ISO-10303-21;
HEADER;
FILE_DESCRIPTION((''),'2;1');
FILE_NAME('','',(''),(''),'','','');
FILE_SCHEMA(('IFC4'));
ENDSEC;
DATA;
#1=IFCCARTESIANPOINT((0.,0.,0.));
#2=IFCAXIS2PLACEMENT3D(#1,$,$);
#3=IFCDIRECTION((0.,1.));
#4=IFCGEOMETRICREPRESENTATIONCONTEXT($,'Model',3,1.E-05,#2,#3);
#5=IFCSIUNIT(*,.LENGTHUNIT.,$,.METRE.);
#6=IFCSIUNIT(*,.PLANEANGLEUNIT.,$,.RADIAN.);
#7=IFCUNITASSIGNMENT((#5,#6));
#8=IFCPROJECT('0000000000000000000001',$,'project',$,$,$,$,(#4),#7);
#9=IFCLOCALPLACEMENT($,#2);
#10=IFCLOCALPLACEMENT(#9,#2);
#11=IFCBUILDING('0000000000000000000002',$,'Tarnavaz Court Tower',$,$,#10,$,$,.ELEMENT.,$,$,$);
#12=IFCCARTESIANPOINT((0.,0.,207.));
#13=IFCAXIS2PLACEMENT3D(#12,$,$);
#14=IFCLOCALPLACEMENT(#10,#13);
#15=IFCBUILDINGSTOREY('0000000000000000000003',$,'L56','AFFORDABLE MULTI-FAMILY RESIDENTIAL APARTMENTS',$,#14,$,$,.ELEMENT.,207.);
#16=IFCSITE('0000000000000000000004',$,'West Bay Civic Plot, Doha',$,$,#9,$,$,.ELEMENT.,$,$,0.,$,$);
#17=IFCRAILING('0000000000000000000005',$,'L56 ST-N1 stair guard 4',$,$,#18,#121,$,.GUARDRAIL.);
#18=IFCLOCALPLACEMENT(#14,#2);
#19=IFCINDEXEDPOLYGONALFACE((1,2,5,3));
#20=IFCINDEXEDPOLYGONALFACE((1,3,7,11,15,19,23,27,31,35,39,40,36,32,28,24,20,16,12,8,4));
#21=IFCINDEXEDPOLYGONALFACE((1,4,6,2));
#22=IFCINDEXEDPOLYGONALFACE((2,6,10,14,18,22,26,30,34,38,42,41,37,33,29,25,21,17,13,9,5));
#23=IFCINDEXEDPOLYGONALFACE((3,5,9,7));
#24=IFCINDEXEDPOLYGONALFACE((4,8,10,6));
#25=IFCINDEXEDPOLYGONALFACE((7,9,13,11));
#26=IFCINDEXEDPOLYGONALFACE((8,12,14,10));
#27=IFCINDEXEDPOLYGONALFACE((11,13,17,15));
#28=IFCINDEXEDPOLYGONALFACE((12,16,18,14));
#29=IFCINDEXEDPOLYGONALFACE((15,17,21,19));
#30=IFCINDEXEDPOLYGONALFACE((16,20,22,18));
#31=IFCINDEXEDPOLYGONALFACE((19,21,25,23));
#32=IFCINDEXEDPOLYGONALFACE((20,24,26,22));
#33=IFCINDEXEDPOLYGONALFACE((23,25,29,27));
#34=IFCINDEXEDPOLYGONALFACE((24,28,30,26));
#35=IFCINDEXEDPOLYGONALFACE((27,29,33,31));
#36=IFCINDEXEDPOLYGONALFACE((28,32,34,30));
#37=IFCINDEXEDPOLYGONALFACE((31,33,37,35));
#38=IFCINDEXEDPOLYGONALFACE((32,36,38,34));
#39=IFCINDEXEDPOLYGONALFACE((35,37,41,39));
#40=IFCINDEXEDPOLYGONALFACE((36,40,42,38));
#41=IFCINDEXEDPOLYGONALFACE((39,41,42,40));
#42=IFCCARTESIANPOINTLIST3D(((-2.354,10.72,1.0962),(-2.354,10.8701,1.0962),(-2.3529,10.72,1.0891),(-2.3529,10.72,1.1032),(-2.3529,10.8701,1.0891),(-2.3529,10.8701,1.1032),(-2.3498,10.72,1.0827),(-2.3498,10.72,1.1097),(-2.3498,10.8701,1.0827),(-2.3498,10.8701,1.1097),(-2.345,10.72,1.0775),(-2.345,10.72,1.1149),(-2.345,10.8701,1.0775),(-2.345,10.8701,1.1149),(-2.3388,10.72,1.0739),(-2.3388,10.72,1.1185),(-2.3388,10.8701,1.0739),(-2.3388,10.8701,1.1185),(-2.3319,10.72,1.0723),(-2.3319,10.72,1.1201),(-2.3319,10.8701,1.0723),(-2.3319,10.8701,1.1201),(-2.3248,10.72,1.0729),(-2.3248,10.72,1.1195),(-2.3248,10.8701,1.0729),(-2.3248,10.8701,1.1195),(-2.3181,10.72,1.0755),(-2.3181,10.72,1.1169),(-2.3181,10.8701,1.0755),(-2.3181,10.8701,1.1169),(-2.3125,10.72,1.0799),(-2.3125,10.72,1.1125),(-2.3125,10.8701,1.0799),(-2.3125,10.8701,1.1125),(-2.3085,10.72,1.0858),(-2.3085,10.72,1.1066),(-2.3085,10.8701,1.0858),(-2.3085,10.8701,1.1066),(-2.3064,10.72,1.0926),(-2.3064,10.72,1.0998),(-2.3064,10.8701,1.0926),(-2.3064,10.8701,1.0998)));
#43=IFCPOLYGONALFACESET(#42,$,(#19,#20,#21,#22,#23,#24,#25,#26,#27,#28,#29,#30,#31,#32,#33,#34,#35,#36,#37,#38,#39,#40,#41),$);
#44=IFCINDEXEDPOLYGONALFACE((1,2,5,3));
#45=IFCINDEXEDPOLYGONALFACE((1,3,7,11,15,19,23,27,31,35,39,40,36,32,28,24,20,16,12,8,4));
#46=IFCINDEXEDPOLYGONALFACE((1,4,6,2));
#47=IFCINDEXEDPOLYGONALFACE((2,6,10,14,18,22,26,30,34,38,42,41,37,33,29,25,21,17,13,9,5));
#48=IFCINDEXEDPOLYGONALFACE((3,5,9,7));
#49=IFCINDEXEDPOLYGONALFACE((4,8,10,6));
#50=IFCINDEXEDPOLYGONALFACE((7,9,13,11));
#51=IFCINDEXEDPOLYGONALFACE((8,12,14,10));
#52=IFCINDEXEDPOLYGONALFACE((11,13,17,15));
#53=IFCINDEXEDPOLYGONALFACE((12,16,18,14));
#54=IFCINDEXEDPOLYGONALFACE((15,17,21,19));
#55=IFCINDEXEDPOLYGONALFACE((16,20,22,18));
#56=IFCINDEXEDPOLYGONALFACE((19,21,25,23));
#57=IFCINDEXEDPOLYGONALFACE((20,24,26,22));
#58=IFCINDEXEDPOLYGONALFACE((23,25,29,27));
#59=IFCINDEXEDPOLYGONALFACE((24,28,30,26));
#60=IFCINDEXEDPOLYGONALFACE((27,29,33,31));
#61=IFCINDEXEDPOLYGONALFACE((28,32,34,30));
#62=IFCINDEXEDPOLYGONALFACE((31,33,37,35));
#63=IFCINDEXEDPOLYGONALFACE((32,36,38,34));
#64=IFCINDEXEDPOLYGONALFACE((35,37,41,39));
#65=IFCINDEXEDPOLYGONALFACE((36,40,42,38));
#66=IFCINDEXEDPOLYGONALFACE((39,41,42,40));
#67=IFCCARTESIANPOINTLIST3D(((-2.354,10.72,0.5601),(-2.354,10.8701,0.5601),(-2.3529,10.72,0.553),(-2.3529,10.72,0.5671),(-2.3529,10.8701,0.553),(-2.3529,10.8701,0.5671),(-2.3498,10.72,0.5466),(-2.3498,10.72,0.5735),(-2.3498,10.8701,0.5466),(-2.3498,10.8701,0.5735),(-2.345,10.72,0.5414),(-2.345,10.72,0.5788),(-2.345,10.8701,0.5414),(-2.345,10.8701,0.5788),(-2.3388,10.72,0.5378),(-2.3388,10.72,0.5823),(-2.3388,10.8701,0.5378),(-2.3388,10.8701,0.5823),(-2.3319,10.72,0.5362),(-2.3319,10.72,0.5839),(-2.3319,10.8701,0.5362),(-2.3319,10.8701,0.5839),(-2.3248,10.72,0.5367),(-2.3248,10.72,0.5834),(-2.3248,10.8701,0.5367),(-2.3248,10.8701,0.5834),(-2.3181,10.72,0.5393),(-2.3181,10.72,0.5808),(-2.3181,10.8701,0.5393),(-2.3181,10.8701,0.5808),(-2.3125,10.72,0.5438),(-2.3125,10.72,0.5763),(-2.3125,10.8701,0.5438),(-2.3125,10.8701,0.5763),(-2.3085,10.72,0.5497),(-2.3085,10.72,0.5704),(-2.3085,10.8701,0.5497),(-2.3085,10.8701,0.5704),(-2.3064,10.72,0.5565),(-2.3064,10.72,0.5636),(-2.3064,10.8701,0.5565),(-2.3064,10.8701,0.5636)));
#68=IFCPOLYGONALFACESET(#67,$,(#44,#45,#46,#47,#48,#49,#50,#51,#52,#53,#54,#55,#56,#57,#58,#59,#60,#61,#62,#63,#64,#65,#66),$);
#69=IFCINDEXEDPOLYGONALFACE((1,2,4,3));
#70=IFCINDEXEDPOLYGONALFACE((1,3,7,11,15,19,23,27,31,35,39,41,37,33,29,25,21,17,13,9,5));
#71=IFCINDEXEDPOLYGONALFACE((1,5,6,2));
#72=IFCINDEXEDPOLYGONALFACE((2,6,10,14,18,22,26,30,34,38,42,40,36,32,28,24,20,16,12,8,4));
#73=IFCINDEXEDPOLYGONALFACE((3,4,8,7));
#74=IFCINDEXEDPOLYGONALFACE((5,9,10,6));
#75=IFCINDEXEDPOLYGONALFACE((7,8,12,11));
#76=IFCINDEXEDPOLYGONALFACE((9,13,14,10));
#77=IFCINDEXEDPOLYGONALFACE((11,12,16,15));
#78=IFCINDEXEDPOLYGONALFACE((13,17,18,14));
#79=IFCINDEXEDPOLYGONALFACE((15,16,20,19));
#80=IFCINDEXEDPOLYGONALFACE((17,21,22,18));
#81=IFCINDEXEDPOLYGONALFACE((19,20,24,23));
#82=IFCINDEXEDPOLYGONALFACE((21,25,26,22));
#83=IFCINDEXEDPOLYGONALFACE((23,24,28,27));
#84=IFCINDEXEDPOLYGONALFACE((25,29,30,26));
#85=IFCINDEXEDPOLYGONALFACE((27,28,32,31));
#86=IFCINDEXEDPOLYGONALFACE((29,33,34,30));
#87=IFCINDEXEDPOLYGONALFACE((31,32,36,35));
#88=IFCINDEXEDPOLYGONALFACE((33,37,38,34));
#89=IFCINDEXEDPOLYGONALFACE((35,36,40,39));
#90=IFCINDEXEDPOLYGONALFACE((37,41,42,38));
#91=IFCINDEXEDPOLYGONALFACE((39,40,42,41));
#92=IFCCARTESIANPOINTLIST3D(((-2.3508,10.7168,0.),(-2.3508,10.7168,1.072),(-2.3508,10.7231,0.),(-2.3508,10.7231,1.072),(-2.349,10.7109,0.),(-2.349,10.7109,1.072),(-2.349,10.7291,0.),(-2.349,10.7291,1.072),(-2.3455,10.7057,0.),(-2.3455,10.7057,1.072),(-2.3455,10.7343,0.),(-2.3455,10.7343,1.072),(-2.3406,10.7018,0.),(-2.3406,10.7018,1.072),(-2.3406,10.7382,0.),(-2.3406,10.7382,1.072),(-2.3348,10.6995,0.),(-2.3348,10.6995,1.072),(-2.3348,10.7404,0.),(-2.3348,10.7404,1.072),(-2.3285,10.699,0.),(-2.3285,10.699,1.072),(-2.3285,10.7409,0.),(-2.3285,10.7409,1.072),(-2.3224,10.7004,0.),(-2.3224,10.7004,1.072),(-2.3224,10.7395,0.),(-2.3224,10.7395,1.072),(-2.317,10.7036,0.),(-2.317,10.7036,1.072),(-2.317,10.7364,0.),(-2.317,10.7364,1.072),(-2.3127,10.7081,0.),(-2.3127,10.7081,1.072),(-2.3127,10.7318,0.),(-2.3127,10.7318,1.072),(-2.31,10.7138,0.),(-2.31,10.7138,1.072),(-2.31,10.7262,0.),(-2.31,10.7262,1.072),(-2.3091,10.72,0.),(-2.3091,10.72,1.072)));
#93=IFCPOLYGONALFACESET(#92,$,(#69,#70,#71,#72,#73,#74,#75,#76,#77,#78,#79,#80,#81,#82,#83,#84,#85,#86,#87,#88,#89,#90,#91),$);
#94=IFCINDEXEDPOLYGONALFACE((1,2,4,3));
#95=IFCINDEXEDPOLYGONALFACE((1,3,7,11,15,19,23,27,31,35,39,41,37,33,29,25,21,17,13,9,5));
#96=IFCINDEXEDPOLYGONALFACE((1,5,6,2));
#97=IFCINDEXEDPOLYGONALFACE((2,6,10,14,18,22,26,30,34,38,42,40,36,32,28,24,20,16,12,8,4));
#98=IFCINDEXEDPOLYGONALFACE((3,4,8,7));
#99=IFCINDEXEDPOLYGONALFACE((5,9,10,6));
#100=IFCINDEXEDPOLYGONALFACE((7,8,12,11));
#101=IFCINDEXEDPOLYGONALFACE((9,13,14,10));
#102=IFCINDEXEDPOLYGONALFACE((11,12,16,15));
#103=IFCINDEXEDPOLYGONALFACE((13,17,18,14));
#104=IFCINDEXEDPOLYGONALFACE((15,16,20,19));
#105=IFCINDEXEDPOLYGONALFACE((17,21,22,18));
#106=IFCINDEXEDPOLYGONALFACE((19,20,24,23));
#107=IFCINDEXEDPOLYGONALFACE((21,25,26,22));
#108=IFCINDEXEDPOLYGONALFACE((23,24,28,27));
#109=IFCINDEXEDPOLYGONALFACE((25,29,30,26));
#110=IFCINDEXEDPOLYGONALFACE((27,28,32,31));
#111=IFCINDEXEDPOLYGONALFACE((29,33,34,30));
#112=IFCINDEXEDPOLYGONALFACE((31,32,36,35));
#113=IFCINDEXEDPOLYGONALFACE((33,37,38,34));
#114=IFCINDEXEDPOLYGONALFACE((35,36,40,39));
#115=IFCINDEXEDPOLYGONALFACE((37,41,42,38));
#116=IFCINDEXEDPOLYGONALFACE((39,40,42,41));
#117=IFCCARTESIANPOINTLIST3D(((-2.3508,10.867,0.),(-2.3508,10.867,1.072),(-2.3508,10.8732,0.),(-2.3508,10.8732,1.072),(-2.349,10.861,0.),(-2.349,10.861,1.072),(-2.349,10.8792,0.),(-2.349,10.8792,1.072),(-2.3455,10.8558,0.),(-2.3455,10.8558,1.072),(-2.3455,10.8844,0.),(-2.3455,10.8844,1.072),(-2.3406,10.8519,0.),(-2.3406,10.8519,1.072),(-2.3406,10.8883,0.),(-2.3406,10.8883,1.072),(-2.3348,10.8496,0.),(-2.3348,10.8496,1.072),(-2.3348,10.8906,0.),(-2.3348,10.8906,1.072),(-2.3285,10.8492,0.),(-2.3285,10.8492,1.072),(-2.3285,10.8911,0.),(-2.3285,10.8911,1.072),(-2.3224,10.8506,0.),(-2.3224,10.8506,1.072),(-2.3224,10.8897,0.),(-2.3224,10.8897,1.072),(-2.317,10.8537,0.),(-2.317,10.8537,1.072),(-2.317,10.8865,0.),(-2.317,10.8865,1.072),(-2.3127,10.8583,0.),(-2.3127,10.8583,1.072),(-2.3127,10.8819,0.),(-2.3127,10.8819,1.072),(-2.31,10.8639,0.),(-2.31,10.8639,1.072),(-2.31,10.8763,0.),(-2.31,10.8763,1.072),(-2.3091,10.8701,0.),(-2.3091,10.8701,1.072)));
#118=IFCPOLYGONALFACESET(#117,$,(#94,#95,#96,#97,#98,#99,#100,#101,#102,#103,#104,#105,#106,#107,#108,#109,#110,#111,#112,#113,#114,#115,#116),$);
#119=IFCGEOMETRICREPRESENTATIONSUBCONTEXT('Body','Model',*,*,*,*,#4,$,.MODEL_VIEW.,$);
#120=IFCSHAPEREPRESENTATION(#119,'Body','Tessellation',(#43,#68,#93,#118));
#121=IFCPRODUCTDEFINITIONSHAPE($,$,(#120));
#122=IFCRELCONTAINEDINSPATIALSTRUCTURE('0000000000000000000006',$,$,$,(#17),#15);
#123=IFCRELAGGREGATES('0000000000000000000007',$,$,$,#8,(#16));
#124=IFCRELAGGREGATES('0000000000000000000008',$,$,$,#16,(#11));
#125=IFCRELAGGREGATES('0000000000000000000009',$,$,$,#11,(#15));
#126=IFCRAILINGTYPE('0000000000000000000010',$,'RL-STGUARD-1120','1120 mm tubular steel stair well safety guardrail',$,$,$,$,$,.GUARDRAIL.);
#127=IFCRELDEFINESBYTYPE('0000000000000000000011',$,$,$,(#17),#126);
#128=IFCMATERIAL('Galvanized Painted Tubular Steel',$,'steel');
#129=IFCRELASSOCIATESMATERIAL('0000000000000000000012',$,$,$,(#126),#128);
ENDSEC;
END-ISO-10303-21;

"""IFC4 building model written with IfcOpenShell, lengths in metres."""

from ifc_helpers import new_model, si_unit, direction, frame, origin, origin_2d, place, context, subcontext, project, spatial, circle, extrude, material, type_object, element, save


model = new_model("IFC4")

# Units and contexts
model_context = context("Model", 3, precision=1e-05, world=origin(), true_north=direction((0.0, 1.0)))
body_context = subcontext(model_context, "Body", "Model", "MODEL_VIEW")
ifc_project = project(units=[si_unit("LENGTHUNIT", "METRE"), si_unit("PLANEANGLEUNIT", "RADIAN")], contexts=[model_context])

# Site, building, storey
site_placement = place(None, origin())
site = spatial("IfcSite", under=ifc_project, at=site_placement, Name="West Bay Civic Plot, Doha", CompositionType="ELEMENT", RefElevation=0.0)
building_placement = place(site_placement, origin())
building = spatial("IfcBuilding", under=site, at=building_placement, Name="Tarnavaz Court Tower", CompositionType="ELEMENT")
storey_placement = place(building_placement, frame((0.0, 0.0, 207.0)))
storey = spatial("IfcBuildingStorey", under=building, at=storey_placement, Name="L56", Description="AFFORDABLE MULTI-FAMILY RESIDENTIAL APARTMENTS", CompositionType="ELEMENT", Elevation=207.0)

# Railing
ifc_material_1 = material(Name="Galvanized Painted Tubular Steel", Category="steel")
railing_type_1 = type_object("IfcRailingType", Name="RL-STGUARD-1120", Description="1120 mm tubular steel stair well safety guardrail", PredefinedType="GUARDRAIL", material=ifc_material_1)
railing_1_placement = place(storey_placement, frame((-2.3301, 10.72, 0.0)))
element("IfcRailing", 1, at=railing_1_placement, inside=storey, type_object=railing_type_1, Name="L56 ST-N1 stair guard 4", PredefinedType="GUARDRAIL", context=body_context, shape_type="SweptSolid", body=[
    extrude(circle(Radius=0.0239, at=origin_2d()), frame((0.0, 0.0, 1.0962), z_axis=(0.0, 1.0, 0.0), x_axis=(-1.0, 0.0, 0.0)), (0.0, 0.0, 1.0), 0.1501),
    extrude(circle(Radius=0.0239, at=origin_2d()), frame((0.0, 0.0, 0.5601), z_axis=(0.0, 1.0, 0.0), x_axis=(-1.0, 0.0, 0.0)), (0.0, 0.0, 1.0), 0.1501),
    extrude(circle(Radius=0.021, at=origin_2d()), origin(), (0.0, 0.0, 1.0), 1.072),
    extrude(circle(Radius=0.021, at=origin_2d()), frame((0.0, 0.1501, 0.0)), (0.0, 0.0, 1.0), 1.072),
])

save(model, "model.ifc")
